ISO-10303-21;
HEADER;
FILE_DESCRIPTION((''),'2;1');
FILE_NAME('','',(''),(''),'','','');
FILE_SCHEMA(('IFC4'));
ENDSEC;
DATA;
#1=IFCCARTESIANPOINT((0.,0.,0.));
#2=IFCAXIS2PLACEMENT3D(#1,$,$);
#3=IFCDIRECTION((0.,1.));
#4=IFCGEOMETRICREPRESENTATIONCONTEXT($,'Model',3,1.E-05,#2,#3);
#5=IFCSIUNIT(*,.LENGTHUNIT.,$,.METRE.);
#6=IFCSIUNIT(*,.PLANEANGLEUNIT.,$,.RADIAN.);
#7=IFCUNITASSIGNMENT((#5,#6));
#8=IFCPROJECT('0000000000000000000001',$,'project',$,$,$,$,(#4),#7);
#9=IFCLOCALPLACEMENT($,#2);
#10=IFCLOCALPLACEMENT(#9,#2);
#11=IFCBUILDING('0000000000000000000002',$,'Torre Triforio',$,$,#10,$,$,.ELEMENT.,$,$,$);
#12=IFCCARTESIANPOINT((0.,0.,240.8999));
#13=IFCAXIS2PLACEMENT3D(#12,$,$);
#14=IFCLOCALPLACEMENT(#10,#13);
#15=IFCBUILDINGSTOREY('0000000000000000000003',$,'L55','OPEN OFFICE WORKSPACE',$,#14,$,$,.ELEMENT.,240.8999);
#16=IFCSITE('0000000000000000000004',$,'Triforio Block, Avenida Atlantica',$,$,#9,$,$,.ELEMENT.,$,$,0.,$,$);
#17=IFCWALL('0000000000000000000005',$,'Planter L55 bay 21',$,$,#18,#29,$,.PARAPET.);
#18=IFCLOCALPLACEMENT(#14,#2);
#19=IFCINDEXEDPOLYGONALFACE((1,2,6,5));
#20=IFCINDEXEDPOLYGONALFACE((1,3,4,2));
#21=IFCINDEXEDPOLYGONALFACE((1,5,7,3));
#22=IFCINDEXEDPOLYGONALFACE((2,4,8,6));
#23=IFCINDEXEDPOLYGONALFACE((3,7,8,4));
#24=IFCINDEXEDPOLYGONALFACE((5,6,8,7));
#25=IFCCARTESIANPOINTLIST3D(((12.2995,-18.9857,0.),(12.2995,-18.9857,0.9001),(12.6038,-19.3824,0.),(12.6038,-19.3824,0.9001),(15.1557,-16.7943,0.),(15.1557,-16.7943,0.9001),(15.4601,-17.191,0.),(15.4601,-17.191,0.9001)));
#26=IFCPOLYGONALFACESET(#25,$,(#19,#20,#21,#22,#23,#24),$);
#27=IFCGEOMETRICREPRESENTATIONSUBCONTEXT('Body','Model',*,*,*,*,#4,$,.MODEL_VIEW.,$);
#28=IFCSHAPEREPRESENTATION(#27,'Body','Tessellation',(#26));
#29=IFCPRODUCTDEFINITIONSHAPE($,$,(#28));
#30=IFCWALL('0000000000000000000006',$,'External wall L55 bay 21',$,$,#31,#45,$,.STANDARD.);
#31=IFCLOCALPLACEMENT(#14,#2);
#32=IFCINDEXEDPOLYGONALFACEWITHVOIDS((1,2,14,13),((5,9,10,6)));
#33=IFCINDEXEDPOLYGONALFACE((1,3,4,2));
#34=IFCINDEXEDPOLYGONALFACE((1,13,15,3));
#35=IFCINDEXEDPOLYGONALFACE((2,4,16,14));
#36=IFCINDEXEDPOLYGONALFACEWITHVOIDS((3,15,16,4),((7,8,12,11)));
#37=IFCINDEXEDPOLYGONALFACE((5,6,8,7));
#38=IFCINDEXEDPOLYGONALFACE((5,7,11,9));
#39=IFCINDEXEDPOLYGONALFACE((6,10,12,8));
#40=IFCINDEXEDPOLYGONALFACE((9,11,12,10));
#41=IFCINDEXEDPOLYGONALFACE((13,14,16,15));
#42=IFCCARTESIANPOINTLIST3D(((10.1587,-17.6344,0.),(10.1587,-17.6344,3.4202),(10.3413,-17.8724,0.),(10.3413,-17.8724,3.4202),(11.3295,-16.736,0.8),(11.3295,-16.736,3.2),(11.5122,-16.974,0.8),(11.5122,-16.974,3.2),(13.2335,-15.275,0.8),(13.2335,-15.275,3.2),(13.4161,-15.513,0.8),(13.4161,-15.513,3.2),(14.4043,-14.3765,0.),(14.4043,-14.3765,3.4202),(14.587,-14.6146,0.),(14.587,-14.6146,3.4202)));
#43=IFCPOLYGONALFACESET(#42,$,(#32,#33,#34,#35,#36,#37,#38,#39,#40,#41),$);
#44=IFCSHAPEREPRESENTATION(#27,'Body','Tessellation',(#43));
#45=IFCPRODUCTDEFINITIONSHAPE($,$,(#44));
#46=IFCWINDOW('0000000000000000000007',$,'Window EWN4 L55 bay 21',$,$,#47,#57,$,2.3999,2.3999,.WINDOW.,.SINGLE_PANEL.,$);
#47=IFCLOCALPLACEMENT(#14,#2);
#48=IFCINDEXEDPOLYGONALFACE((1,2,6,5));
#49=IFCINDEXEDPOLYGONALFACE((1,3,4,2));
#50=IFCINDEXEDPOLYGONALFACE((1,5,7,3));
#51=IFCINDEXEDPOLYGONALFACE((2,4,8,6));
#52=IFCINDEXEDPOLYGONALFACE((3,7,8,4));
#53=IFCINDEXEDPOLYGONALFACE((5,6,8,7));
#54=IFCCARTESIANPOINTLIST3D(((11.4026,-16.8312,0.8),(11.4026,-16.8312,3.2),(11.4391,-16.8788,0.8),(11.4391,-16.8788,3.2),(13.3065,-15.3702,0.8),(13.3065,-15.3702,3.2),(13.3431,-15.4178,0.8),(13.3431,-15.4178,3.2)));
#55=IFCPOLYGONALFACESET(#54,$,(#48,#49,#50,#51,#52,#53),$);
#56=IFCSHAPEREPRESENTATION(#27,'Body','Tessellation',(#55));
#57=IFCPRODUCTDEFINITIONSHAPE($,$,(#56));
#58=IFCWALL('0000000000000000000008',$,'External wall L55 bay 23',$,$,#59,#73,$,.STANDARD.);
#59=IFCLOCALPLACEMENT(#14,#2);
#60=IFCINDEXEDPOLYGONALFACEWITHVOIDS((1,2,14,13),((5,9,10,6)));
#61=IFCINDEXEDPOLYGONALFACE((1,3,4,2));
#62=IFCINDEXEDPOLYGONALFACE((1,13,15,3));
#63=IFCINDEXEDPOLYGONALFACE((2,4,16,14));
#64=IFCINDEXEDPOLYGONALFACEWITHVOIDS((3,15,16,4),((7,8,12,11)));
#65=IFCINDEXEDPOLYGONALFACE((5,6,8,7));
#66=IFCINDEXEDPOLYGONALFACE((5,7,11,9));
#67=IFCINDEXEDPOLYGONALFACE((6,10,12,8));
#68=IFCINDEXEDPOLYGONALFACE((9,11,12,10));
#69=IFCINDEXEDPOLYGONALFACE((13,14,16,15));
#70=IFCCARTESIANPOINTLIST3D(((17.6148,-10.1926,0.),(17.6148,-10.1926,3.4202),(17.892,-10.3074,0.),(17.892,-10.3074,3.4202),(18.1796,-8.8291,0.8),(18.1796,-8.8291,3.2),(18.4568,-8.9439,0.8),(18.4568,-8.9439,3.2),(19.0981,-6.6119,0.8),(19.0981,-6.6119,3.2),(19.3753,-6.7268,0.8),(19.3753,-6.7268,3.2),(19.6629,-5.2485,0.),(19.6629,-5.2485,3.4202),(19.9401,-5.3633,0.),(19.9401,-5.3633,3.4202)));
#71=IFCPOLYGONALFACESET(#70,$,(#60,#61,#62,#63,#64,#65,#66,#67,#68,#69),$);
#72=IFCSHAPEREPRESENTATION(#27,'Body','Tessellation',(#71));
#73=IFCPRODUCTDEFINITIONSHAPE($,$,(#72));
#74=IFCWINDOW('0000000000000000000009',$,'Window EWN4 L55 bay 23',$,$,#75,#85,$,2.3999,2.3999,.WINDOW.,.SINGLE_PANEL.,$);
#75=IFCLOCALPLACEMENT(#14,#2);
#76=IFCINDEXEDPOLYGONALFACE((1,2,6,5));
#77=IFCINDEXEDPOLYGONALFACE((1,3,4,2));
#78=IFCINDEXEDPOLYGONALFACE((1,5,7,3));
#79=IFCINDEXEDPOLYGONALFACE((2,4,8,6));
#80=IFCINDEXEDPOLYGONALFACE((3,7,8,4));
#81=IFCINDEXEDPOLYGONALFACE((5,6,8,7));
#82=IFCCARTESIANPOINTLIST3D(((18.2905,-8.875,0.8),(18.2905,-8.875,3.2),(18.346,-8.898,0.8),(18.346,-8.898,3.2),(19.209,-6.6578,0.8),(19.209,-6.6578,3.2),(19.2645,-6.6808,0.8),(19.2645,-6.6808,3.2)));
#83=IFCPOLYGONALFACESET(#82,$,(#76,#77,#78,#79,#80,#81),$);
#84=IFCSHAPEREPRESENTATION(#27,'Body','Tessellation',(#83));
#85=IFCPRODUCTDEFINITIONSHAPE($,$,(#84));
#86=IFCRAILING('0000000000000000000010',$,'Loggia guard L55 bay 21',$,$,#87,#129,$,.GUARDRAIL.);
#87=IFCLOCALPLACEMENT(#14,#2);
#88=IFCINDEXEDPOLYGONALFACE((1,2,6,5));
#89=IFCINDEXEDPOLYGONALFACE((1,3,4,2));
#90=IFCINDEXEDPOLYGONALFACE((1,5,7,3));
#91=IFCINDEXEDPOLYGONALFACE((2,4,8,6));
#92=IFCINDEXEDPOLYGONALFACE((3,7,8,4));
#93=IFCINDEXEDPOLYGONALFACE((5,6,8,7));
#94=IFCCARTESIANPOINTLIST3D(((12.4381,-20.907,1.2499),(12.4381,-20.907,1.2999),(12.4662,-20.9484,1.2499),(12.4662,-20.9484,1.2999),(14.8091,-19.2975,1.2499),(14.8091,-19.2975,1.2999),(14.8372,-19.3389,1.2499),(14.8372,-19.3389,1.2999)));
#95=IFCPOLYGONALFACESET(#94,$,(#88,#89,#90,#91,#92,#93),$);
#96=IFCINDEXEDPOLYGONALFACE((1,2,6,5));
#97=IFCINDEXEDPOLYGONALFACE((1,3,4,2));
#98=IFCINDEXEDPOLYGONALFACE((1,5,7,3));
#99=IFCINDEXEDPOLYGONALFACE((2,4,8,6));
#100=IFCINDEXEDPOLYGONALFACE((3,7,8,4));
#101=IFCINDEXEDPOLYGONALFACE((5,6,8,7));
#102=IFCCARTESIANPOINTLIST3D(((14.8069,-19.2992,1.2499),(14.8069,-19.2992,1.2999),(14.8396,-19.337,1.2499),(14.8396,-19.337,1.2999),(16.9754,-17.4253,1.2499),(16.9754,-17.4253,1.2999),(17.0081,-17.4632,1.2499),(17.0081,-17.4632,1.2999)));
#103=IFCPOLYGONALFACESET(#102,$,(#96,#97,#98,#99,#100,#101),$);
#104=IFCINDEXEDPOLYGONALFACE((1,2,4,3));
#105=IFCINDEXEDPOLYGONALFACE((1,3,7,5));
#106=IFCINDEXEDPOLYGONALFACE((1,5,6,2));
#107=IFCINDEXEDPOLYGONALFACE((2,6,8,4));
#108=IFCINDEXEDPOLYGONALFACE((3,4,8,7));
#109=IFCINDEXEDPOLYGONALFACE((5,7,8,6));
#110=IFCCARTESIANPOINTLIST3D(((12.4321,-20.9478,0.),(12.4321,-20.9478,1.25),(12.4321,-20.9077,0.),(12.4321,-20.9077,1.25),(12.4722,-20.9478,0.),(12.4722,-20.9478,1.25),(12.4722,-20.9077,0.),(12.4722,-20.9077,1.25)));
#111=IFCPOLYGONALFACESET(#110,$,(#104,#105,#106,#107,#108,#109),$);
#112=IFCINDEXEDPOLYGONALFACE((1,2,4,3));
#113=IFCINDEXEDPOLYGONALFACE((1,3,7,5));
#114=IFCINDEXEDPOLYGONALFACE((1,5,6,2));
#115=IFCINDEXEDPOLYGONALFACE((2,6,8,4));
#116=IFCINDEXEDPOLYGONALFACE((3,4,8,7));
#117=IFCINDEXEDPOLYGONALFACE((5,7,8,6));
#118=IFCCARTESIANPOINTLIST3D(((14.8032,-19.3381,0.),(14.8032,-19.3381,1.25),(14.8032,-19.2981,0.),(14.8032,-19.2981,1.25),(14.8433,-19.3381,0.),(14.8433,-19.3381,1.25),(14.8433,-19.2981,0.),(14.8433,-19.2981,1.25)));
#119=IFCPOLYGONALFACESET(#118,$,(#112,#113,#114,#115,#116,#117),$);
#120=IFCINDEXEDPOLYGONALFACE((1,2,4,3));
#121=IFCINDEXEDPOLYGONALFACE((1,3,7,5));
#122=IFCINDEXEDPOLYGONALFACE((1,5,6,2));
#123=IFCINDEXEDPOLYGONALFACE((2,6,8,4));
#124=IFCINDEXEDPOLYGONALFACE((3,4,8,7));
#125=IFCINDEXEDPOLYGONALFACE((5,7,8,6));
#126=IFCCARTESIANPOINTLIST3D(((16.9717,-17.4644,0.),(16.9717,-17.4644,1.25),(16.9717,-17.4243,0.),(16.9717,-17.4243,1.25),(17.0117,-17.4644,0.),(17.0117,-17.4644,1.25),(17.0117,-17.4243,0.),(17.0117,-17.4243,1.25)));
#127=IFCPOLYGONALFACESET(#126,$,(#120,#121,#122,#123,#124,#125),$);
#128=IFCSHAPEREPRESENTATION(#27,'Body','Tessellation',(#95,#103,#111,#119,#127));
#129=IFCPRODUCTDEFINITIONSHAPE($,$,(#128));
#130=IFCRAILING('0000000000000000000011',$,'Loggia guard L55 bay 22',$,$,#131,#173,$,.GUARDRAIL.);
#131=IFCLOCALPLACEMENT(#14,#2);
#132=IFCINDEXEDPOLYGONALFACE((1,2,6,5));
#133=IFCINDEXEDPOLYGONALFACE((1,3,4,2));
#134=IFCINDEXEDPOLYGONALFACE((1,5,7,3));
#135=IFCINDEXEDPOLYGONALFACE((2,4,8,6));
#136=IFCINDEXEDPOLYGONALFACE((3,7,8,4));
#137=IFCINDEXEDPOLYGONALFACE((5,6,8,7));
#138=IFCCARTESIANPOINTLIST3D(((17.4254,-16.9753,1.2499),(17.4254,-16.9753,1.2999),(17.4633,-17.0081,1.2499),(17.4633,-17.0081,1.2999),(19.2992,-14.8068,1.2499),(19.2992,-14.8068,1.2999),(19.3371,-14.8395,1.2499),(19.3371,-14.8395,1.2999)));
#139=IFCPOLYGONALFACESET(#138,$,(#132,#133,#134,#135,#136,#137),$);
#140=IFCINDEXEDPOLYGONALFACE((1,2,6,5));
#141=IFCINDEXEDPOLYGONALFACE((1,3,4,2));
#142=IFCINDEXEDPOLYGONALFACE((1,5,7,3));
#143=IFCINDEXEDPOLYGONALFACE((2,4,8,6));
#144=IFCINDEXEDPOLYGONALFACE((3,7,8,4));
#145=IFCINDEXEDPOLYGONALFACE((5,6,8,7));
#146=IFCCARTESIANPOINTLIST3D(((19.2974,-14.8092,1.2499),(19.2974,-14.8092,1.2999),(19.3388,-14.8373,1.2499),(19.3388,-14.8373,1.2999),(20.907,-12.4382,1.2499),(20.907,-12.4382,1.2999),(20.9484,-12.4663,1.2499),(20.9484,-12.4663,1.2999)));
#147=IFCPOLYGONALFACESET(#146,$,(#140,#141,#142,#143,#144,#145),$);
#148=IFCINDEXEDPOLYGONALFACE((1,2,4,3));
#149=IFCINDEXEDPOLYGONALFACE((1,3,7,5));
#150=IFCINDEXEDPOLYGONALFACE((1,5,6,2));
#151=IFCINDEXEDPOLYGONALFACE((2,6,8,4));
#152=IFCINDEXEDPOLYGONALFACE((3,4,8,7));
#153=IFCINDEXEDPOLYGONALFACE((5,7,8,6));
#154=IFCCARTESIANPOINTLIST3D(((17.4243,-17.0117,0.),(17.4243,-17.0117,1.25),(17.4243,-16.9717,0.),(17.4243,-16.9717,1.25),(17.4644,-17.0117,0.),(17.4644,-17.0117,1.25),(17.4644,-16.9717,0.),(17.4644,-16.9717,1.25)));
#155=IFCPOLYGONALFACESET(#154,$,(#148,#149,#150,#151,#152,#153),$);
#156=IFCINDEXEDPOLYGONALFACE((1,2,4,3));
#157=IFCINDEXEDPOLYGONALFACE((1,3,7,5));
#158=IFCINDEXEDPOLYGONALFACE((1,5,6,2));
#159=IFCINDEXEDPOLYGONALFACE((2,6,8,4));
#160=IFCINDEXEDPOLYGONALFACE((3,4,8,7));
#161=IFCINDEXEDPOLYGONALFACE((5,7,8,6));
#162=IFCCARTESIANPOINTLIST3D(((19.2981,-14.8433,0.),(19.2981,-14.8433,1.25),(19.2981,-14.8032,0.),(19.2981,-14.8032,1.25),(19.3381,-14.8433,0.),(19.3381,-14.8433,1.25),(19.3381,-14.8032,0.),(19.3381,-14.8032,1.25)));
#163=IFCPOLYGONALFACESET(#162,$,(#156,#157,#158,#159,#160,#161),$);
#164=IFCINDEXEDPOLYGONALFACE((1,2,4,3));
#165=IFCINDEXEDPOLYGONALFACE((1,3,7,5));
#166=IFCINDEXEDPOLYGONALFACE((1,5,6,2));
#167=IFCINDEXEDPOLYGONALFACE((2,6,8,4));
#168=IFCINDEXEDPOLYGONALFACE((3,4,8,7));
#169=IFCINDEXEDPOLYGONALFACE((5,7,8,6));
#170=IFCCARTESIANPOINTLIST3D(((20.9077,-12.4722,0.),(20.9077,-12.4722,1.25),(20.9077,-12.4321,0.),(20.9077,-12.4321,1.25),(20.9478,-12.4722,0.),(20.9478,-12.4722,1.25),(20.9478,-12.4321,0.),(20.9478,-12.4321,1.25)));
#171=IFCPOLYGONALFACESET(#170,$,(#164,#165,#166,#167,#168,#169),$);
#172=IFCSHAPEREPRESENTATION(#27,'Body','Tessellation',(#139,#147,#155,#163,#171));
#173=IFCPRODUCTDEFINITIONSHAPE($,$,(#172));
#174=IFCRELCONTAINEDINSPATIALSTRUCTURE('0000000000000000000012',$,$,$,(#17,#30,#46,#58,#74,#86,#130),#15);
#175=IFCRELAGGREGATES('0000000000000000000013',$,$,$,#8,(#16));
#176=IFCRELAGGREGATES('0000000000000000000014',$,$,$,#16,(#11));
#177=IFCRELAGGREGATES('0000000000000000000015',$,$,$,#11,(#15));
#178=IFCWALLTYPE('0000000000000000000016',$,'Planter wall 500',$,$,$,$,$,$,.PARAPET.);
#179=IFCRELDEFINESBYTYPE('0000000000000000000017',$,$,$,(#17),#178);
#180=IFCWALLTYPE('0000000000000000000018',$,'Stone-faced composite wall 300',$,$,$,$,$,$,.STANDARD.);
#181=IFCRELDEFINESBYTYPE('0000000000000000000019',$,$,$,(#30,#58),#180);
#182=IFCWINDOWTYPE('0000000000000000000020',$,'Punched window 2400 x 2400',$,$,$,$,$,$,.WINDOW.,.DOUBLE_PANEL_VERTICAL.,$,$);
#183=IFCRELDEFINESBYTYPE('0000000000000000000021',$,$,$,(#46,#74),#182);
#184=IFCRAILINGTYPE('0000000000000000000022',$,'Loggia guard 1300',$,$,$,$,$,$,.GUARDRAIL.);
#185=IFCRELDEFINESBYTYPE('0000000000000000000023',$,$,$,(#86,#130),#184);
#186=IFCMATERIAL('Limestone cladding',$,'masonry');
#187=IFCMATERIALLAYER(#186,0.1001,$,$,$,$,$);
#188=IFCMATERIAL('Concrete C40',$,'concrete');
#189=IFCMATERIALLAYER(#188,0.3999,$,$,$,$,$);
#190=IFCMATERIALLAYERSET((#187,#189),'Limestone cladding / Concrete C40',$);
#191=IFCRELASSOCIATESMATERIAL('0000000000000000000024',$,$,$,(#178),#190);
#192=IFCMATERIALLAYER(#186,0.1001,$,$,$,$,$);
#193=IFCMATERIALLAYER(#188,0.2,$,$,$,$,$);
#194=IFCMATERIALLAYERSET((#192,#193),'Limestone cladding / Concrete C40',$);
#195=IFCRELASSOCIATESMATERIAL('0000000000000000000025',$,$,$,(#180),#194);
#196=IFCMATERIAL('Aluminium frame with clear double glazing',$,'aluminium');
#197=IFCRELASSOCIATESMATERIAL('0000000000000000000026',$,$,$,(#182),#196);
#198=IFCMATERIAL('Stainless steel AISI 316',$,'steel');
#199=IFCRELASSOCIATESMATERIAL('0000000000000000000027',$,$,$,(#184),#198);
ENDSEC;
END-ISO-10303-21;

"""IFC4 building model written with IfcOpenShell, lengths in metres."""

from ifc_helpers import new_model, si_unit, direction, frame, frame_2d, origin, origin_2d, place, context, subcontext, project, spatial, rectangle, extrude, material, layer, layer_set, type_object, element, fill, save


model = new_model("IFC4")

# Units and contexts
model_context = context("Model", 3, precision=1e-05, world=origin(), true_north=direction((0.0, 1.0)))
body_context = subcontext(model_context, "Body", "Model", "MODEL_VIEW")
ifc_project = project(units=[si_unit("LENGTHUNIT", "METRE"), si_unit("PLANEANGLEUNIT", "RADIAN")], contexts=[model_context])

# Site, building, storey
site_placement = place(None, origin())
site = spatial("IfcSite", under=ifc_project, at=site_placement, Name="Triforio Block, Avenida Atlantica", CompositionType="ELEMENT", RefElevation=0.0)
building_placement = place(site_placement, origin())
building = spatial("IfcBuilding", under=site, at=building_placement, Name="Torre Triforio", CompositionType="ELEMENT")
storey_placement = place(building_placement, frame((0.0, 0.0, 240.8999)))
storey = spatial("IfcBuildingStorey", under=building, at=storey_placement, Name="L55", Description="OPEN OFFICE WORKSPACE", CompositionType="ELEMENT", Elevation=240.8999)

# Shared definitions
ifc_material_1 = material(Name="Concrete C40", Category="concrete")

# Wall
ifc_material_2 = material(Name="Limestone cladding", Category="masonry")
ifc_layer_1 = layer(ifc_material_2, 0.1001)
ifc_layer_2 = layer(ifc_material_1, 0.3999)
ifc_layer_set_1 = layer_set([ifc_layer_1, ifc_layer_2], Name="Limestone cladding / Concrete C40")
wall_type_1 = type_object("IfcWallType", Name="Planter wall 500", PredefinedType="PARAPET", material=ifc_layer_set_1)
wall_1_placement = place(storey_placement, frame((12.4517, -19.1841, 0.0), z_axis=(0.0, 0.0, 1.0), x_axis=(0.793385, 0.608721, 0.0)))
element("IfcWall", 1, at=wall_1_placement, inside=storey, type_object=wall_type_1, Name="Planter L55 bay 21", PredefinedType="PARAPET", context=body_context, shape_type="SweptSolid", body=[
    extrude(rectangle(XDim=3.6001, YDim=0.5, at=frame_2d((1.8, 0.0))), origin(), (0.0, 0.0, 1.0), 0.9001),
])

# Wall, opening, window
ifc_layer_3 = layer(ifc_material_2, 0.1001)
ifc_layer_4 = layer(ifc_material_1, 0.2)
ifc_layer_set_2 = layer_set([ifc_layer_3, ifc_layer_4], Name="Limestone cladding / Concrete C40")
wall_type_2 = type_object("IfcWallType", Name="Stone-faced composite wall 300", PredefinedType="STANDARD", material=ifc_layer_set_2)
wall_2_placement = place(storey_placement, frame((10.25, -17.7534, 0.0), z_axis=(0.0, 0.0, 1.0), x_axis=(0.793349, 0.608767, 0.0)))
wall_2 = element("IfcWall", 2, at=wall_2_placement, inside=storey, type_object=wall_type_2, Name="External wall L55 bay 21", PredefinedType="STANDARD", context=body_context, shape_type="SweptSolid", body=[
    extrude(rectangle(XDim=5.3516, YDim=0.3, at=frame_2d((2.6758, 0.0))), origin(), (0.0, 0.0, 1.0), 3.4202),
])
opening_1_placement = place(wall_2_placement, frame((1.4758, 0.0, 0.8)))
opening_1 = element("IfcOpeningElement", 3, at=opening_1_placement, cuts=wall_2, PredefinedType="OPENING", context=body_context, shape_type="SweptSolid", body=[
    extrude(rectangle(XDim=2.3999, YDim=2.3999, at=frame_2d((1.2, 1.2))), frame((0.0, 0.1599, 0.0), z_axis=(0.0, -1.0, 0.0), x_axis=(1.0, 0.0, 0.0)), (0.0, 0.0, 1.0), 0.3201),
])
ifc_material_3 = material(Name="Aluminium frame with clear double glazing", Category="aluminium")
window_type_1 = type_object("IfcWindowType", Name="Punched window 2400 x 2400", PartitioningType="DOUBLE_PANEL_VERTICAL", PredefinedType="WINDOW", material=ifc_material_3)
window_1_placement = place(opening_1_placement, origin())
window_1 = element("IfcWindow", 4, at=window_1_placement, inside=storey, type_object=window_type_1, Name="Window EWN4 L55 bay 21", OverallHeight=2.3999, OverallWidth=2.3999, PartitioningType="SINGLE_PANEL", PredefinedType="WINDOW", context=body_context, shape_type="SweptSolid", body=[
    extrude(rectangle(XDim=2.3999, YDim=2.3999, at=frame_2d((1.2, 1.2))), frame((0.0, 0.03, 0.0), z_axis=(0.0, -1.0, 0.0), x_axis=(1.0, 0.0, 0.0)), (0.0, 0.0, 1.0), 0.0601),
])
fill(opening_1, window_1)

# Wall, opening, window
wall_3_placement = place(storey_placement, frame((17.7534, -10.25, 0.0), z_axis=(0.0, 0.0, 1.0), x_axis=(0.382713, 0.923867, 0.0)))
wall_3 = element("IfcWall", 5, at=wall_3_placement, inside=storey, type_object=wall_type_2, Name="External wall L55 bay 23", PredefinedType="STANDARD", context=body_context, shape_type="SweptSolid", body=[
    extrude(rectangle(XDim=5.3516, YDim=0.3, at=frame_2d((2.6758, 0.0))), origin(), (0.0, 0.0, 1.0), 3.4202),
])
opening_2_placement = place(wall_3_placement, frame((1.4758, 0.0, 0.8)))
opening_2 = element("IfcOpeningElement", 6, at=opening_2_placement, cuts=wall_3, PredefinedType="OPENING", context=body_context, shape_type="SweptSolid", body=[
    extrude(rectangle(XDim=2.3999, YDim=2.3999, at=frame_2d((1.2, 1.2))), frame((0.0, 0.1599, 0.0), z_axis=(0.0, -1.0, 0.0), x_axis=(1.0, 0.0, 0.0)), (0.0, 0.0, 1.0), 0.3201),
])
window_2_placement = place(opening_2_placement, origin())
window_2 = element("IfcWindow", 7, at=window_2_placement, inside=storey, type_object=window_type_1, Name="Window EWN4 L55 bay 23", OverallHeight=2.3999, OverallWidth=2.3999, PartitioningType="SINGLE_PANEL", PredefinedType="WINDOW", context=body_context, shape_type="SweptSolid", body=[
    extrude(rectangle(XDim=2.3999, YDim=2.3999, at=frame_2d((1.2, 1.2))), frame((0.0, 0.03, 0.0), z_axis=(0.0, -1.0, 0.0), x_axis=(1.0, 0.0, 0.0)), (0.0, 0.0, 1.0), 0.0601),
])
fill(opening_2, window_2)

# Railings
ifc_material_4 = material(Name="Stainless steel AISI 316", Category="steel")
railing_type = type_object("IfcRailingType", Name="Loggia guard 1300", PredefinedType="GUARDRAIL", material=ifc_material_4)
railing_1_placement = place(storey_placement, frame((12.4521, -20.9277, 0.0)))
element("IfcRailing", 8, at=railing_1_placement, inside=storey, type_object=railing_type, Name="Loggia guard L55 bay 21", PredefinedType="GUARDRAIL", context=body_context, shape_type="SweptSolid", body=[
    extrude(rectangle(XDim=0.05, YDim=0.05, at=origin_2d()), frame((0.0, 0.0, 1.2749), z_axis=(0.827368, 0.56166, 0.0), x_axis=(-0.56166, 0.827368, 0.0)), (0.0, 0.0, 1.0), 2.8657),
    extrude(rectangle(XDim=0.05, YDim=0.05, at=origin_2d()), frame((2.3711, 1.6096, 1.2749), z_axis=(0.756647, 0.653824, 0.0), x_axis=(-0.653824, 0.756647, 0.0)), (0.0, 0.0, 1.0), 2.866),
    extrude(rectangle(XDim=0.04, YDim=0.04, at=origin_2d()), origin(), (0.0, 0.0, 1.0), 1.25),
    extrude(rectangle(XDim=0.04, YDim=0.04, at=origin_2d()), frame((2.3711, 1.6096, 0.0)), (0.0, 0.0, 1.0), 1.25),
    extrude(rectangle(XDim=0.04, YDim=0.04, at=origin_2d()), frame((4.5396, 3.4834, 0.0)), (0.0, 0.0, 1.0), 1.25),
])
railing_2_placement = place(storey_placement, frame((17.4443, -16.9917, 0.0)))
element("IfcRailing", 9, at=railing_2_placement, inside=storey, type_object=railing_type, Name="Loggia guard L55 bay 22", PredefinedType="GUARDRAIL", context=body_context, shape_type="SweptSolid", body=[
    extrude(rectangle(XDim=0.05, YDim=0.05, at=origin_2d()), frame((0.0, 0.0, 1.2749), z_axis=(0.653824, 0.756647, 0.0), x_axis=(-0.756647, 0.653824, 0.0)), (0.0, 0.0, 1.0), 2.866),
    extrude(rectangle(XDim=0.05, YDim=0.05, at=origin_2d()), frame((1.8738, 2.1685, 1.2749), z_axis=(0.56166, 0.827368, 0.0), x_axis=(-0.827368, 0.56166, 0.0)), (0.0, 0.0, 1.0), 2.8657),
    extrude(rectangle(XDim=0.04, YDim=0.04, at=origin_2d()), origin(), (0.0, 0.0, 1.0), 1.25),
    extrude(rectangle(XDim=0.04, YDim=0.04, at=origin_2d()), frame((1.8738, 2.1685, 0.0)), (0.0, 0.0, 1.0), 1.25),
    extrude(rectangle(XDim=0.04, YDim=0.04, at=origin_2d()), frame((3.4834, 4.5396, 0.0)), (0.0, 0.0, 1.0), 1.25),
])

save(model, "model.ifc")
